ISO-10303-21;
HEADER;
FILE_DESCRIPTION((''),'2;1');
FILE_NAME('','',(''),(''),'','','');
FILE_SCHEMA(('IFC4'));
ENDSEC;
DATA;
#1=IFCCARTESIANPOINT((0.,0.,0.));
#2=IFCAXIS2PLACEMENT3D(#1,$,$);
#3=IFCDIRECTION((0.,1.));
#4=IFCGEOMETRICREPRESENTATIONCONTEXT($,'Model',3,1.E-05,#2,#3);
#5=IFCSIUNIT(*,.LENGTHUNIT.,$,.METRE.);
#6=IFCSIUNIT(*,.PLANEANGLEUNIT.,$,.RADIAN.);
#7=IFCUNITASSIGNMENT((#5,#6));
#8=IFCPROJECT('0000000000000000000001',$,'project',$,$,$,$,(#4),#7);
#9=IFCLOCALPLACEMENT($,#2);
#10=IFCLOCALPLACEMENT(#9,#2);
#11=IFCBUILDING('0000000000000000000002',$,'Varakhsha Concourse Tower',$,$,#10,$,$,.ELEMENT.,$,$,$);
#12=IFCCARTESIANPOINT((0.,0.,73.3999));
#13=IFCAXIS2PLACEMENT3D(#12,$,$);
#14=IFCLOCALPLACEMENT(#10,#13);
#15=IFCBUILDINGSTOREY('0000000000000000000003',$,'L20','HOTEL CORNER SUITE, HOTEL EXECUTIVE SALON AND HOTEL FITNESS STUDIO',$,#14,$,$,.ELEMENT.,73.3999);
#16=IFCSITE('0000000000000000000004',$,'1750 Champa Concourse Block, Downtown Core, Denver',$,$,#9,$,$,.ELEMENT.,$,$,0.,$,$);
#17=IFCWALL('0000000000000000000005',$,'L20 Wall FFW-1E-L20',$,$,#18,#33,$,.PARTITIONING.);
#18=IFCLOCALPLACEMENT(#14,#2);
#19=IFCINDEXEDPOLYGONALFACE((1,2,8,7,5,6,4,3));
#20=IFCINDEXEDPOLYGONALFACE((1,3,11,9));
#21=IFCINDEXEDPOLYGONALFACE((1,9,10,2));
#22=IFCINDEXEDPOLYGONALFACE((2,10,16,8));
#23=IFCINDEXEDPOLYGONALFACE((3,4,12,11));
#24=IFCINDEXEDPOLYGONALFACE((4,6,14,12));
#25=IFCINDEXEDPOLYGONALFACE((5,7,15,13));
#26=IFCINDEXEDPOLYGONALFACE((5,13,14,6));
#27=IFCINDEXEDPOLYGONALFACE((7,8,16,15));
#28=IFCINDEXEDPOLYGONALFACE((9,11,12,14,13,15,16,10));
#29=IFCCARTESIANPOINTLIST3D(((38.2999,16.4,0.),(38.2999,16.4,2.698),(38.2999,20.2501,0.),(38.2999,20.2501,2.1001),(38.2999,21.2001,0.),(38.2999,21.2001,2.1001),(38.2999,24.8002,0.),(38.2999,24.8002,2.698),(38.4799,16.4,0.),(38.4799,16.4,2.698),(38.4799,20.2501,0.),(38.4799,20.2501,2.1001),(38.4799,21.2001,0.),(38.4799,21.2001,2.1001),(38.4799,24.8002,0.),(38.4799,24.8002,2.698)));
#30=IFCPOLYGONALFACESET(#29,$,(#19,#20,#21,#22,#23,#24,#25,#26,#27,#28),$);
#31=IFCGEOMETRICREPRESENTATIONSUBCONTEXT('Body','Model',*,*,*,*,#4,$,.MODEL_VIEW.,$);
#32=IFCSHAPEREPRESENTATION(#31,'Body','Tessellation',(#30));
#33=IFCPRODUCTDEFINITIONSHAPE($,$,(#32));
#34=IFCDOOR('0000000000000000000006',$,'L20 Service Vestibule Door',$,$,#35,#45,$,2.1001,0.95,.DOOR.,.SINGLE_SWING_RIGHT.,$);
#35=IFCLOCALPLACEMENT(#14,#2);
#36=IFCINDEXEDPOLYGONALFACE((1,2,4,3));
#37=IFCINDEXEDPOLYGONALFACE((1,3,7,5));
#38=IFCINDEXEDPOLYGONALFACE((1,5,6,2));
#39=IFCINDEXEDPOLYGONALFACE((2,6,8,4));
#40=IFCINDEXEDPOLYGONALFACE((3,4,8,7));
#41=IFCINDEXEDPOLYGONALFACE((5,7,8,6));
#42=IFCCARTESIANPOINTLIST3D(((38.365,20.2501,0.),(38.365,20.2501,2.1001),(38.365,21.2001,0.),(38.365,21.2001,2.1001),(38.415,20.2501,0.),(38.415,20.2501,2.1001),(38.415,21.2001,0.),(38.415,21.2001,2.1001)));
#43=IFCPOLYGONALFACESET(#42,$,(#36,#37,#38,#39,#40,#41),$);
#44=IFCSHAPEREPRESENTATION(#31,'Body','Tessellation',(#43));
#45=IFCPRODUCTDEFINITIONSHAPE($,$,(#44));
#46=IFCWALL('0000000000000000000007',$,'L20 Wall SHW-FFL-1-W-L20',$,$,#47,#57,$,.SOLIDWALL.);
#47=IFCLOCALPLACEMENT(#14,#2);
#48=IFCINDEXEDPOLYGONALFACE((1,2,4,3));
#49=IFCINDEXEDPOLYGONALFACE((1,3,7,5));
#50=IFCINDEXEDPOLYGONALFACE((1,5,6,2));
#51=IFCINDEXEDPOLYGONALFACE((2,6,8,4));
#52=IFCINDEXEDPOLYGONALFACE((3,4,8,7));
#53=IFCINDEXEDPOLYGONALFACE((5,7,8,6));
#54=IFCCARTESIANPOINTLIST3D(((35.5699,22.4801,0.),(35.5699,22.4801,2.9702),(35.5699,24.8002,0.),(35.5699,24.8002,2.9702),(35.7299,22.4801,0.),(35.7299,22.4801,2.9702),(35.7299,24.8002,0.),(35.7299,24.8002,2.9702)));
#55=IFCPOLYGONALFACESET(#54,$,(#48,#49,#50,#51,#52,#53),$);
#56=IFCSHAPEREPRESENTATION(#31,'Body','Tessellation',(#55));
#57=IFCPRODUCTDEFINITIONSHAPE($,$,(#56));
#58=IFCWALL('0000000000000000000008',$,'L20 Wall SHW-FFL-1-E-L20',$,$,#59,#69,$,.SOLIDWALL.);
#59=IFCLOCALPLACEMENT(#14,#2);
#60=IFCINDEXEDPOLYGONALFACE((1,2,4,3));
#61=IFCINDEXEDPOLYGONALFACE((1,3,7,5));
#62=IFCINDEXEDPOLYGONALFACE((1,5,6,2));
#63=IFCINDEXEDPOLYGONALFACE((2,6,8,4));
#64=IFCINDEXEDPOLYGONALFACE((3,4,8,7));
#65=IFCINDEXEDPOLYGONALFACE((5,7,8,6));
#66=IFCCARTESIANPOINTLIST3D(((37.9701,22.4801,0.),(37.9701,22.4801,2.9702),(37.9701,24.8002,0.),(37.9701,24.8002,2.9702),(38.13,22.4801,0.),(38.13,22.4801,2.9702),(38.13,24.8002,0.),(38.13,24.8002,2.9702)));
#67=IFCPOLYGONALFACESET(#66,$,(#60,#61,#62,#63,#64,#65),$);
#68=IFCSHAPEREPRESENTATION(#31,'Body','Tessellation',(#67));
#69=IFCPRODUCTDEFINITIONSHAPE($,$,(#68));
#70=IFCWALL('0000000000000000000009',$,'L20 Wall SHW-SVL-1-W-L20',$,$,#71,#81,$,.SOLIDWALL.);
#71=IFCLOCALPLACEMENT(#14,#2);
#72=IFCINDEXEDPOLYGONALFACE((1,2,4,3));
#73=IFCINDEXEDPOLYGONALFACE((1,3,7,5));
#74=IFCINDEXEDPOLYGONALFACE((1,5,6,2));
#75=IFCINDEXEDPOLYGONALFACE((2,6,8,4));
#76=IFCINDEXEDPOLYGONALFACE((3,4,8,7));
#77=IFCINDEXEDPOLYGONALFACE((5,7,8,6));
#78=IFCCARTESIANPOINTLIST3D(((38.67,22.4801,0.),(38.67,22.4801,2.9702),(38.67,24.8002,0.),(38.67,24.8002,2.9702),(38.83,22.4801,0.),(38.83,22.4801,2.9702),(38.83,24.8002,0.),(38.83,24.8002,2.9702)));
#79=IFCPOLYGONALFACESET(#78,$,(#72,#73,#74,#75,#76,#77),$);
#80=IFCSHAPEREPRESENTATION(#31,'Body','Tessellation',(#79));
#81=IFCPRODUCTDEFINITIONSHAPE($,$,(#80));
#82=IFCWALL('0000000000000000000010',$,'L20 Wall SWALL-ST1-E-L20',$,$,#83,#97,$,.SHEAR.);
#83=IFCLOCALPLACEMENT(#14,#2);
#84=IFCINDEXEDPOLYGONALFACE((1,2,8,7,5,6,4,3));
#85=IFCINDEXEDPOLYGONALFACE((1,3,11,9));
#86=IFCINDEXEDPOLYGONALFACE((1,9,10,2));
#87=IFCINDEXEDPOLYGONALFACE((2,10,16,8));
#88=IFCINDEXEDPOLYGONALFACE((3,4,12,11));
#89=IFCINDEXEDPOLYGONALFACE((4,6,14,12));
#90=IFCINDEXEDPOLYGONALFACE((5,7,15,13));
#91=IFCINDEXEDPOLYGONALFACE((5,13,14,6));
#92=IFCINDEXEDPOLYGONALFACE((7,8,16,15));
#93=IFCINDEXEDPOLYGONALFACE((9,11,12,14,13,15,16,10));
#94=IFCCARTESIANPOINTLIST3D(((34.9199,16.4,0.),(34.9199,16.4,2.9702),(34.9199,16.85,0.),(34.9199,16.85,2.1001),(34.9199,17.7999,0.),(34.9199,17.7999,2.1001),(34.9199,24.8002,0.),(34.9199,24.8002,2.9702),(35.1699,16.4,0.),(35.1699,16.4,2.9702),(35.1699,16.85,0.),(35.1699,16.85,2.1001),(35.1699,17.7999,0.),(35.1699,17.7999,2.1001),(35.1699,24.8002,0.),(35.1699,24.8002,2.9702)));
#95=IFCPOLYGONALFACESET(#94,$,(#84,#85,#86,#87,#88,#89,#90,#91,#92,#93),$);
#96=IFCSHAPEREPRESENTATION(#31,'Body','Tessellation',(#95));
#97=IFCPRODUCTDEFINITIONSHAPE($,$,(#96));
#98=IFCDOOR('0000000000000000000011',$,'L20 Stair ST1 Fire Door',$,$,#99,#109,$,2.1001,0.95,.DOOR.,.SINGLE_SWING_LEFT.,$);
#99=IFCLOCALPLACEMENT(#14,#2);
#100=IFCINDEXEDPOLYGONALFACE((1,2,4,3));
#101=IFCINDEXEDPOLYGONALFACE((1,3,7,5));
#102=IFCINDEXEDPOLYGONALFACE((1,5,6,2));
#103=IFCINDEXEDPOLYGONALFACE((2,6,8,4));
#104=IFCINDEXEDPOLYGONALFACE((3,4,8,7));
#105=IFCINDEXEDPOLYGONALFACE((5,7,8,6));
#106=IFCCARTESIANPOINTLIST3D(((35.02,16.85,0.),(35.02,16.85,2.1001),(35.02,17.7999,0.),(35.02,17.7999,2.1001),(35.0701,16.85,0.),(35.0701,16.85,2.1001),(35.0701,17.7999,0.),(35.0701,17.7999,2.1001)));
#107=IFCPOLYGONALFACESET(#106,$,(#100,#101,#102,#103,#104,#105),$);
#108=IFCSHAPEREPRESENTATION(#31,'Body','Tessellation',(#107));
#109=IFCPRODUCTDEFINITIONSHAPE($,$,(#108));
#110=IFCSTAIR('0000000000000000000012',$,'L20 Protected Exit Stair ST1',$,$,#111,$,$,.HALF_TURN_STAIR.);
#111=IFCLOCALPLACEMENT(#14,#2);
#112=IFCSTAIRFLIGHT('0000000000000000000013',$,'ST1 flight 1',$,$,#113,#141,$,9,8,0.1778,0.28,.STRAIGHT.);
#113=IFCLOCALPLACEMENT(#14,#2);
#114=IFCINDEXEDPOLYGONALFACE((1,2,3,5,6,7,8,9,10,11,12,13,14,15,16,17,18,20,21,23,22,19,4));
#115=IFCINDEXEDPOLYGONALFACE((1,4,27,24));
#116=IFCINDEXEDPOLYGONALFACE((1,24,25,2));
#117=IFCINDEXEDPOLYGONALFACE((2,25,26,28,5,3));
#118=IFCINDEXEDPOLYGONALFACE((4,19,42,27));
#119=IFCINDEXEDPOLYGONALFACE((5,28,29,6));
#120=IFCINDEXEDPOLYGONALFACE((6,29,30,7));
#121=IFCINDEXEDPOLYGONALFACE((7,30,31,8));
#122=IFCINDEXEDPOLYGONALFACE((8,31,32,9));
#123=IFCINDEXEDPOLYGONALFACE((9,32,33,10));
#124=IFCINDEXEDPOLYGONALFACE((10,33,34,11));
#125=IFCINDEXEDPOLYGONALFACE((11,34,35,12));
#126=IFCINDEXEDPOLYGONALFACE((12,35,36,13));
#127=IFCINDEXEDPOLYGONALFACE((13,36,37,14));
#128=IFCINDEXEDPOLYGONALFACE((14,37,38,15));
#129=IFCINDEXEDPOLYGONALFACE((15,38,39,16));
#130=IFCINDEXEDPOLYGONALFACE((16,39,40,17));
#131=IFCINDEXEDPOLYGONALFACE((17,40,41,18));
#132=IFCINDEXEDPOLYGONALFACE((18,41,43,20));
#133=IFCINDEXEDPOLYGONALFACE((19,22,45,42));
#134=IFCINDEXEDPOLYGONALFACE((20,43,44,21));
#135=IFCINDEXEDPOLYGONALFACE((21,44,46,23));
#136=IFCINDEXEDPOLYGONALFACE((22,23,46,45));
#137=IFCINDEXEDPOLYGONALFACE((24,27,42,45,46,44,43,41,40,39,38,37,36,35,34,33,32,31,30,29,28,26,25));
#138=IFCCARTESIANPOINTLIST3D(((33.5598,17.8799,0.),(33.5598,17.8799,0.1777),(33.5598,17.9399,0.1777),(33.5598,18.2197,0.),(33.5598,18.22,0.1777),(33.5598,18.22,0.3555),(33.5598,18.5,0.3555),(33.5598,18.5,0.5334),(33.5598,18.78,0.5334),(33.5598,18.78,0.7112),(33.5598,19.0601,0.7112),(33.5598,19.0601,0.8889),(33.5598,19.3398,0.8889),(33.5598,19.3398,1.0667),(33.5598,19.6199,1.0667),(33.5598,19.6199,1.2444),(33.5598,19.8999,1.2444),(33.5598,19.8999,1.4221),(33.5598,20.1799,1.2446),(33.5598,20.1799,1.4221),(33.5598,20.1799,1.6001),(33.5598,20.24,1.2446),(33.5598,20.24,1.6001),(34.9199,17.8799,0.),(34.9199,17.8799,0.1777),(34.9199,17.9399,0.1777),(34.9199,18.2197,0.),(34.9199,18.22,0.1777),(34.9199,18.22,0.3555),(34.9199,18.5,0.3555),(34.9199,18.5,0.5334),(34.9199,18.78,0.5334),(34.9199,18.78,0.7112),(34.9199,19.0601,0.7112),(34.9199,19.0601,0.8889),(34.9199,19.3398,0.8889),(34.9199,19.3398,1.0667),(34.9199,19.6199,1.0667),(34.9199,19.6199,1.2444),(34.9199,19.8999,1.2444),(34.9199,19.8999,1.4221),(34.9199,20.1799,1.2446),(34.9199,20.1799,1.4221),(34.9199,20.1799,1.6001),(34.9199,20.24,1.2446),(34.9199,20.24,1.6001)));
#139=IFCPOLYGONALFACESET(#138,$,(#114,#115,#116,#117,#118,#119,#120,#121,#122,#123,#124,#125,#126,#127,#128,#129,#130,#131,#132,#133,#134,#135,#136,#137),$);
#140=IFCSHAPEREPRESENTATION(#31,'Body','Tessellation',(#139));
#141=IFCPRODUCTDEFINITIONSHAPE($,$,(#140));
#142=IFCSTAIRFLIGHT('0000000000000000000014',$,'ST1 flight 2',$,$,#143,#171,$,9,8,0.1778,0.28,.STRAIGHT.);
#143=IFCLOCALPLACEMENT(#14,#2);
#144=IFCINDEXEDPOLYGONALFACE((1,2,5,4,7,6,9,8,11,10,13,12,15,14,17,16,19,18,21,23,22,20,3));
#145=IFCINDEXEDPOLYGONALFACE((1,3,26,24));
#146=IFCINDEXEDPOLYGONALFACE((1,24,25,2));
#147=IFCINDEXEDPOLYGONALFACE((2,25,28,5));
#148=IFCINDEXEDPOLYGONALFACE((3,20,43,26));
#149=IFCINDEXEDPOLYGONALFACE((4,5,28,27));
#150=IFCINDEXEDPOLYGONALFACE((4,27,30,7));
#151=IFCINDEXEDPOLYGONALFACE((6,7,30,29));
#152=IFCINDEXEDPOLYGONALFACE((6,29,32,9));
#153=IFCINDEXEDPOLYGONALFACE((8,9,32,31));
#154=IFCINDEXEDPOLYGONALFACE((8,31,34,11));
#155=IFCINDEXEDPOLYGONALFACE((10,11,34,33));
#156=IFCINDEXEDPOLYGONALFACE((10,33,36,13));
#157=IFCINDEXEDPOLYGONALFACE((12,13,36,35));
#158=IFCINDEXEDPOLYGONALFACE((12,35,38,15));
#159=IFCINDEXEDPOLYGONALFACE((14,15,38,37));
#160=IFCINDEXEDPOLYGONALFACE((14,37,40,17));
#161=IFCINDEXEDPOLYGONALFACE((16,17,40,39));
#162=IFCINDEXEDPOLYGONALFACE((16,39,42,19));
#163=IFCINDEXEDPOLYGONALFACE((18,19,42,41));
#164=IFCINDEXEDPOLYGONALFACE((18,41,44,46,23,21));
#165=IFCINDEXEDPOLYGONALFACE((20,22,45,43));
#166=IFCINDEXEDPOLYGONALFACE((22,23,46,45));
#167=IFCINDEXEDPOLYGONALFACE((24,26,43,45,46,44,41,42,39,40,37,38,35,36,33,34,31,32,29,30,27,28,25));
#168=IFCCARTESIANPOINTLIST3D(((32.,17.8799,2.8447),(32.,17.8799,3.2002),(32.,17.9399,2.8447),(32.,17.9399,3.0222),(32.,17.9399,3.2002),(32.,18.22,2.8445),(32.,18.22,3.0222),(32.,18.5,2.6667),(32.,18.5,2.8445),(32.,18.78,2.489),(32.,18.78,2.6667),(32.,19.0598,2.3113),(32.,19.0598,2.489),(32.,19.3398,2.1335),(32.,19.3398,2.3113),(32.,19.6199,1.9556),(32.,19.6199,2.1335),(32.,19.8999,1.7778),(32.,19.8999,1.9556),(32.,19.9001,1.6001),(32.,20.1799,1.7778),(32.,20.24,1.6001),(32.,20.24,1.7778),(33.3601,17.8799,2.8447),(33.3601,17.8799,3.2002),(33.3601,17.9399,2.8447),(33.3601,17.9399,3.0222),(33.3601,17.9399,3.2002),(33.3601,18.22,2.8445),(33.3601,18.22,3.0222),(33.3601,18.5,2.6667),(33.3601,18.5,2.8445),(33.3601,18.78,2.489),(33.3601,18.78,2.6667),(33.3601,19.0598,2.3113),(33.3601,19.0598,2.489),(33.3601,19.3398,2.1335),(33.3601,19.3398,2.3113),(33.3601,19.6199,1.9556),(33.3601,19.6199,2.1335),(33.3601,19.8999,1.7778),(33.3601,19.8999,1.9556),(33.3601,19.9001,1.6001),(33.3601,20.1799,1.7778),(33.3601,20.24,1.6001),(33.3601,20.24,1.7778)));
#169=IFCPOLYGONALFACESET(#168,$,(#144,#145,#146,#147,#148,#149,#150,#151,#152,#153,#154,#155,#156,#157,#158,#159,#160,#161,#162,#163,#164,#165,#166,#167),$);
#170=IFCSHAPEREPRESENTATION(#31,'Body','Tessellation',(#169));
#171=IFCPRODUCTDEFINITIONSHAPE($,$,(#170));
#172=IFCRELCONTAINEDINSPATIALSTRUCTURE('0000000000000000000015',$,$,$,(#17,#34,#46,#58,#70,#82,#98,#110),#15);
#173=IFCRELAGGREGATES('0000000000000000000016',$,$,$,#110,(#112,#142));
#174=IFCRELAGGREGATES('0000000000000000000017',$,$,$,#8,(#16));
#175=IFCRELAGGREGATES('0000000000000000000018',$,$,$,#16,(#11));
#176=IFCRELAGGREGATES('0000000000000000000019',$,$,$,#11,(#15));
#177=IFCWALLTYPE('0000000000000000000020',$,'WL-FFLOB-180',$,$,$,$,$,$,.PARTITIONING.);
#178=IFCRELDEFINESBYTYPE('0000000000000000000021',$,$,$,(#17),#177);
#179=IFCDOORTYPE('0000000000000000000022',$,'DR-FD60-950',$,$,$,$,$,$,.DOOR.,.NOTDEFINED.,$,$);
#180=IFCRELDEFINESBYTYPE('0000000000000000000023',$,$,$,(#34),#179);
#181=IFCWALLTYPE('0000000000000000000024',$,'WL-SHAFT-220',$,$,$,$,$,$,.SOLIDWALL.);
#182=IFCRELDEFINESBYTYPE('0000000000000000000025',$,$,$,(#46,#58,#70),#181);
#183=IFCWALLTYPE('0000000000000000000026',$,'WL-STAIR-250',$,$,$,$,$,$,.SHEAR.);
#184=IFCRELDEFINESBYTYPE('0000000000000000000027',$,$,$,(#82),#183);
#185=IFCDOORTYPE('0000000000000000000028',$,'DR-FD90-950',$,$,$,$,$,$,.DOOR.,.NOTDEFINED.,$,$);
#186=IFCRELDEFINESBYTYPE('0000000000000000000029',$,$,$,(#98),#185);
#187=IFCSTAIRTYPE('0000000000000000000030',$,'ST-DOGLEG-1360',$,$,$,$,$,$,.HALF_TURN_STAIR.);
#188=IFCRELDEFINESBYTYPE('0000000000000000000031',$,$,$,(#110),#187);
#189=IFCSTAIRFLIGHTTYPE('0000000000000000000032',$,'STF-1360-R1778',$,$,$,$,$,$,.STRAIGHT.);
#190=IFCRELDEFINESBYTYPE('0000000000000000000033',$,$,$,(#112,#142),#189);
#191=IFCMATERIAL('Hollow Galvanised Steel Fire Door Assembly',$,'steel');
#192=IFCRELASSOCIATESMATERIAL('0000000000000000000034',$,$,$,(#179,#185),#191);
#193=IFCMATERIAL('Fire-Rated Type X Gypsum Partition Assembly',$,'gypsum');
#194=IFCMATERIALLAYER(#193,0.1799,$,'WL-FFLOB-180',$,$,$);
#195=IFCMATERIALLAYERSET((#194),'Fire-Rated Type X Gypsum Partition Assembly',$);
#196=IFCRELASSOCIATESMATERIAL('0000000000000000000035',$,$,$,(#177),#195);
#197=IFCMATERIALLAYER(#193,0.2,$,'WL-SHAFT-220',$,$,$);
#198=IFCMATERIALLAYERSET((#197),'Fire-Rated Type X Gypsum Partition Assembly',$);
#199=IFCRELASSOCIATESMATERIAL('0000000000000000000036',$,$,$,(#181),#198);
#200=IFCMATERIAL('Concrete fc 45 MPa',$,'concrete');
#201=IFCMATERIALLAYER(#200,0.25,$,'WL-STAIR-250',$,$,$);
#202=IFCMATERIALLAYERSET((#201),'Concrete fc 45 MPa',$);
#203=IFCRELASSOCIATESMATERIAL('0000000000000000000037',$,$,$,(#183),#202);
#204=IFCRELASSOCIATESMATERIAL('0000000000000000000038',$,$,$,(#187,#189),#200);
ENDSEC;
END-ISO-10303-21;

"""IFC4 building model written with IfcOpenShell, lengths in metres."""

from ifc_helpers import new_model, si_unit, direction, frame, frame_2d, origin, place, context, subcontext, project, spatial, polyline, rectangle, outline, extrude, material, layer, layer_set, type_object, element, fill, aggregate, save


model = new_model("IFC4")

# Units and contexts
model_context = context("Model", 3, precision=1e-05, world=origin(), true_north=direction((0.0, 1.0)))
body_context = subcontext(model_context, "Body", "Model", "MODEL_VIEW")
ifc_project = project(units=[si_unit("LENGTHUNIT", "METRE"), si_unit("PLANEANGLEUNIT", "RADIAN")], contexts=[model_context])

# Site, building, storey
site_placement = place(None, origin())
site = spatial("IfcSite", under=ifc_project, at=site_placement, Name="1750 Champa Concourse Block, Downtown Core, Denver", CompositionType="ELEMENT", RefElevation=0.0)
building_placement = place(site_placement, origin())
building = spatial("IfcBuilding", under=site, at=building_placement, Name="Varakhsha Concourse Tower", CompositionType="ELEMENT")
storey_placement = place(building_placement, frame((0.0, 0.0, 73.3999)))
storey = spatial("IfcBuildingStorey", under=building, at=storey_placement, Name="L20", Description="HOTEL CORNER SUITE, HOTEL EXECUTIVE SALON AND HOTEL FITNESS STUDIO", CompositionType="ELEMENT", Elevation=73.3999)

# Shared definitions
ifc_material_1 = material(Name="Hollow Galvanised Steel Fire Door Assembly", Category="steel")
door_type_1 = type_object("IfcDoorType", Name="DR-FD60-950", OperationType="NOTDEFINED", PredefinedType="DOOR", material=ifc_material_1)

# Wall, opening, door
ifc_material_2 = material(Name="Fire-Rated Type X Gypsum Partition Assembly", Category="gypsum")
ifc_layer_1 = layer(ifc_material_2, 0.1799, Name="WL-FFLOB-180")
ifc_layer_set_1 = layer_set([ifc_layer_1], Name="Fire-Rated Type X Gypsum Partition Assembly")
wall_type_1 = type_object("IfcWallType", Name="WL-FFLOB-180", PredefinedType="PARTITIONING", material=ifc_layer_set_1)
wall_1_placement = place(storey_placement, frame((38.3899, 16.3999, 0.0), z_axis=(0.0, 0.0, 1.0), x_axis=(0.0, 1.0, 0.0)))
wall_1 = element("IfcWall", 1, at=wall_1_placement, inside=storey, type_object=wall_type_1, Name="L20 Wall FFW-1E-L20", PredefinedType="PARTITIONING", context=body_context, shape_type="SweptSolid", body=[
    extrude(rectangle(XDim=8.4001, YDim=0.1799, at=frame_2d((4.2002, 0.0))), origin(), (0.0, 0.0, 1.0), 2.698),
])
opening_1_placement = place(wall_1_placement, frame((3.8501, 0.0, 0.0)))
opening_1 = element("IfcOpeningElement", 2, at=opening_1_placement, cuts=wall_1, PredefinedType="OPENING", context=body_context, shape_type="SweptSolid", body=[
    extrude(rectangle(XDim=0.95, YDim=2.1001, at=frame_2d((0.4751, 1.05))), frame((0.0, 0.0999, 0.0), z_axis=(0.0, -1.0, 0.0), x_axis=(1.0, 0.0, 0.0)), (0.0, 0.0, 1.0), 0.2),
])
door_1_placement = place(opening_1_placement, origin())
door_1 = element("IfcDoor", 3, at=door_1_placement, inside=storey, type_object=door_type_1, Name="L20 Service Vestibule Door", OperationType="SINGLE_SWING_RIGHT", OverallHeight=2.1001, OverallWidth=0.95, PredefinedType="DOOR", context=body_context, shape_type="SweptSolid", body=[
    extrude(rectangle(XDim=0.95, YDim=2.1001, at=frame_2d((0.4751, 1.05))), frame((0.0, 0.0249, 0.0), z_axis=(0.0, -1.0, 0.0), x_axis=(1.0, 0.0, 0.0)), (0.0, 0.0, 1.0), 0.05),
])
fill(opening_1, door_1)

# Shared definitions
ifc_layer_2 = layer(ifc_material_2, 0.2, Name="WL-SHAFT-220")
ifc_layer_set_2 = layer_set([ifc_layer_2], Name="Fire-Rated Type X Gypsum Partition Assembly")
wall_type_2 = type_object("IfcWallType", Name="WL-SHAFT-220", PredefinedType="SOLIDWALL", material=ifc_layer_set_2)

# Walls
for number, where, z_axis, x_axis, name in (
    (4, (35.6499, 22.48, 0.0), (0.0, 0.0, 1.0), (0.0, 1.0, 0.0), "L20 Wall SHW-FFL-1-W-L20"),
    (5, (38.05, 22.48, 0.0), (0.0, 0.0, 1.0), (0.0, 1.0, 0.0), "L20 Wall SHW-FFL-1-E-L20"),
    (6, (38.75, 22.48, 0.0), (0.0, 0.0, 1.0), (0.0, 1.0, 0.0), "L20 Wall SHW-SVL-1-W-L20"),
):
    element("IfcWall", number, at=place(storey_placement, frame(where, z_axis=z_axis, x_axis=x_axis)), inside=storey, type_object=wall_type_2, Name=name, PredefinedType="SOLIDWALL", context=body_context, shape_type="SweptSolid", body=[
        extrude(rectangle(XDim=2.3201, YDim=0.1599, at=frame_2d((1.1602, 0.0))), origin(), (0.0, 0.0, 1.0), 2.9702),
    ])

# Wall, opening, door
ifc_material_3 = material(Name="Concrete fc 45 MPa", Category="concrete")
ifc_layer_3 = layer(ifc_material_3, 0.25, Name="WL-STAIR-250")
ifc_layer_set_3 = layer_set([ifc_layer_3], Name="Concrete fc 45 MPa")
wall_type_3 = type_object("IfcWallType", Name="WL-STAIR-250", PredefinedType="SHEAR", material=ifc_layer_set_3)
wall_2_placement = place(storey_placement, frame((35.0449, 16.3999, 0.0), z_axis=(0.0, 0.0, 1.0), x_axis=(0.0, 1.0, 0.0)))
wall_2 = element("IfcWall", 7, at=wall_2_placement, inside=storey, type_object=wall_type_3, Name="L20 Wall SWALL-ST1-E-L20", PredefinedType="SHEAR", context=body_context, shape_type="SweptSolid", body=[
    extrude(rectangle(XDim=8.4001, YDim=0.25, at=frame_2d((4.2002, 0.0))), origin(), (0.0, 0.0, 1.0), 2.9702),
])
opening_2_placement = place(wall_2_placement, frame((0.45, 0.0, 0.0)))
opening_2 = element("IfcOpeningElement", 8, at=opening_2_placement, cuts=wall_2, PredefinedType="OPENING", context=body_context, shape_type="SweptSolid", body=[
    extrude(rectangle(XDim=0.95, YDim=2.1001, at=frame_2d((0.4751, 1.05))), frame((0.0, 0.135, 0.0), z_axis=(0.0, -1.0, 0.0), x_axis=(1.0, 0.0, 0.0)), (0.0, 0.0, 1.0), 0.27),
])
door_type_2 = type_object("IfcDoorType", Name="DR-FD90-950", OperationType="NOTDEFINED", PredefinedType="DOOR", material=ifc_material_1)
door_2_placement = place(opening_2_placement, origin())
door_2 = element("IfcDoor", 9, at=door_2_placement, inside=storey, type_object=door_type_2, Name="L20 Stair ST1 Fire Door", OperationType="SINGLE_SWING_LEFT", OverallHeight=2.1001, OverallWidth=0.95, PredefinedType="DOOR", context=body_context, shape_type="SweptSolid", body=[
    extrude(rectangle(XDim=0.95, YDim=2.1001, at=frame_2d((0.4751, 1.05))), frame((0.0, 0.0249, 0.0), z_axis=(0.0, -1.0, 0.0), x_axis=(1.0, 0.0, 0.0)), (0.0, 0.0, 1.0), 0.05),
])
fill(opening_2, door_2)

# Stair, stair flights
stair_type = type_object("IfcStairType", Name="ST-DOGLEG-1360", PredefinedType="HALF_TURN_STAIR", material=ifc_material_3)
stair_placement = place(storey_placement, origin())
stair = element("IfcStair", 10, at=stair_placement, inside=storey, type_object=stair_type, Name="L20 Protected Exit Stair ST1", PredefinedType="HALF_TURN_STAIR")
stair_flight_type = type_object("IfcStairFlightType", Name="STF-1360-R1778", PredefinedType="STRAIGHT", material=ifc_material_3)
stair_flight_1_placement = place(storey_placement, frame((34.24, 17.9399, 0.0), z_axis=(0.0, 0.0, 1.0), x_axis=(0.0, 1.0, 0.0)))
stair_flight_1 = element("IfcStairFlight", 11, at=stair_flight_1_placement, type_object=stair_flight_type, Name="ST1 flight 1", NumberOfRisers=9, NumberOfTreads=8, PredefinedType="STRAIGHT", RiserHeight=0.1778, TreadLength=0.28, context=body_context, shape_type="SweptSolid", body=[
    extrude(outline(polyline([(-0.0601, 0.0), (-0.0601, 0.1777), (0.0, 0.1777), (0.28, 0.1777), (0.28, 0.3555), (0.5601, 0.3555), (0.5601, 0.5334), (0.8401, 0.5334), (0.8401, 0.7112), (1.1201, 0.7112), (1.1201, 0.8889), (1.3999, 0.8889), (1.3999, 1.0667), (1.6799, 1.0667), (1.6799, 1.2444), (1.96, 1.2444), (1.96, 1.4221), (2.24, 1.4221), (2.24, 1.6001), (2.3, 1.6001), (2.3, 1.2446), (2.24, 1.2446), (0.2798, 0.0), (-0.0601, 0.0)])), frame((0.0, 0.6802, 0.0), z_axis=(0.0, -1.0, 0.0), x_axis=(1.0, 0.0, 0.0)), (0.0, 0.0, 1.0), 1.3601),
])
stair_flight_2_placement = place(storey_placement, frame((32.6799, 20.1799, 1.6001), z_axis=(0.0, 0.0, 1.0), x_axis=(0.0, -1.0, 0.0)))
stair_flight_2 = element("IfcStairFlight", 12, at=stair_flight_2_placement, type_object=stair_flight_type, Name="ST1 flight 2", NumberOfRisers=9, NumberOfTreads=8, PredefinedType="STRAIGHT", RiserHeight=0.1778, TreadLength=0.28, context=body_context, shape_type="SweptSolid", body=[
    extrude(outline(polyline([(-0.0601, 0.0), (-0.0601, 0.1777), (0.0, 0.1777), (0.28, 0.1777), (0.28, 0.3555), (0.5601, 0.3555), (0.5601, 0.5334), (0.8401, 0.5334), (0.8401, 0.7112), (1.1201, 0.7112), (1.1201, 0.8889), (1.3999, 0.8889), (1.3999, 1.0667), (1.6799, 1.0667), (1.6799, 1.2444), (1.96, 1.2444), (1.96, 1.4221), (2.24, 1.4221), (2.24, 1.6001), (2.3, 1.6001), (2.3, 1.2446), (2.24, 1.2446), (0.2798, 0.0), (-0.0601, 0.0)])), frame((0.0, 0.6802, 0.0), z_axis=(0.0, -1.0, 0.0), x_axis=(1.0, 0.0, 0.0)), (0.0, 0.0, 1.0), 1.3601),
])
aggregate(stair, [stair_flight_1, stair_flight_2])

save(model, "model.ifc")
